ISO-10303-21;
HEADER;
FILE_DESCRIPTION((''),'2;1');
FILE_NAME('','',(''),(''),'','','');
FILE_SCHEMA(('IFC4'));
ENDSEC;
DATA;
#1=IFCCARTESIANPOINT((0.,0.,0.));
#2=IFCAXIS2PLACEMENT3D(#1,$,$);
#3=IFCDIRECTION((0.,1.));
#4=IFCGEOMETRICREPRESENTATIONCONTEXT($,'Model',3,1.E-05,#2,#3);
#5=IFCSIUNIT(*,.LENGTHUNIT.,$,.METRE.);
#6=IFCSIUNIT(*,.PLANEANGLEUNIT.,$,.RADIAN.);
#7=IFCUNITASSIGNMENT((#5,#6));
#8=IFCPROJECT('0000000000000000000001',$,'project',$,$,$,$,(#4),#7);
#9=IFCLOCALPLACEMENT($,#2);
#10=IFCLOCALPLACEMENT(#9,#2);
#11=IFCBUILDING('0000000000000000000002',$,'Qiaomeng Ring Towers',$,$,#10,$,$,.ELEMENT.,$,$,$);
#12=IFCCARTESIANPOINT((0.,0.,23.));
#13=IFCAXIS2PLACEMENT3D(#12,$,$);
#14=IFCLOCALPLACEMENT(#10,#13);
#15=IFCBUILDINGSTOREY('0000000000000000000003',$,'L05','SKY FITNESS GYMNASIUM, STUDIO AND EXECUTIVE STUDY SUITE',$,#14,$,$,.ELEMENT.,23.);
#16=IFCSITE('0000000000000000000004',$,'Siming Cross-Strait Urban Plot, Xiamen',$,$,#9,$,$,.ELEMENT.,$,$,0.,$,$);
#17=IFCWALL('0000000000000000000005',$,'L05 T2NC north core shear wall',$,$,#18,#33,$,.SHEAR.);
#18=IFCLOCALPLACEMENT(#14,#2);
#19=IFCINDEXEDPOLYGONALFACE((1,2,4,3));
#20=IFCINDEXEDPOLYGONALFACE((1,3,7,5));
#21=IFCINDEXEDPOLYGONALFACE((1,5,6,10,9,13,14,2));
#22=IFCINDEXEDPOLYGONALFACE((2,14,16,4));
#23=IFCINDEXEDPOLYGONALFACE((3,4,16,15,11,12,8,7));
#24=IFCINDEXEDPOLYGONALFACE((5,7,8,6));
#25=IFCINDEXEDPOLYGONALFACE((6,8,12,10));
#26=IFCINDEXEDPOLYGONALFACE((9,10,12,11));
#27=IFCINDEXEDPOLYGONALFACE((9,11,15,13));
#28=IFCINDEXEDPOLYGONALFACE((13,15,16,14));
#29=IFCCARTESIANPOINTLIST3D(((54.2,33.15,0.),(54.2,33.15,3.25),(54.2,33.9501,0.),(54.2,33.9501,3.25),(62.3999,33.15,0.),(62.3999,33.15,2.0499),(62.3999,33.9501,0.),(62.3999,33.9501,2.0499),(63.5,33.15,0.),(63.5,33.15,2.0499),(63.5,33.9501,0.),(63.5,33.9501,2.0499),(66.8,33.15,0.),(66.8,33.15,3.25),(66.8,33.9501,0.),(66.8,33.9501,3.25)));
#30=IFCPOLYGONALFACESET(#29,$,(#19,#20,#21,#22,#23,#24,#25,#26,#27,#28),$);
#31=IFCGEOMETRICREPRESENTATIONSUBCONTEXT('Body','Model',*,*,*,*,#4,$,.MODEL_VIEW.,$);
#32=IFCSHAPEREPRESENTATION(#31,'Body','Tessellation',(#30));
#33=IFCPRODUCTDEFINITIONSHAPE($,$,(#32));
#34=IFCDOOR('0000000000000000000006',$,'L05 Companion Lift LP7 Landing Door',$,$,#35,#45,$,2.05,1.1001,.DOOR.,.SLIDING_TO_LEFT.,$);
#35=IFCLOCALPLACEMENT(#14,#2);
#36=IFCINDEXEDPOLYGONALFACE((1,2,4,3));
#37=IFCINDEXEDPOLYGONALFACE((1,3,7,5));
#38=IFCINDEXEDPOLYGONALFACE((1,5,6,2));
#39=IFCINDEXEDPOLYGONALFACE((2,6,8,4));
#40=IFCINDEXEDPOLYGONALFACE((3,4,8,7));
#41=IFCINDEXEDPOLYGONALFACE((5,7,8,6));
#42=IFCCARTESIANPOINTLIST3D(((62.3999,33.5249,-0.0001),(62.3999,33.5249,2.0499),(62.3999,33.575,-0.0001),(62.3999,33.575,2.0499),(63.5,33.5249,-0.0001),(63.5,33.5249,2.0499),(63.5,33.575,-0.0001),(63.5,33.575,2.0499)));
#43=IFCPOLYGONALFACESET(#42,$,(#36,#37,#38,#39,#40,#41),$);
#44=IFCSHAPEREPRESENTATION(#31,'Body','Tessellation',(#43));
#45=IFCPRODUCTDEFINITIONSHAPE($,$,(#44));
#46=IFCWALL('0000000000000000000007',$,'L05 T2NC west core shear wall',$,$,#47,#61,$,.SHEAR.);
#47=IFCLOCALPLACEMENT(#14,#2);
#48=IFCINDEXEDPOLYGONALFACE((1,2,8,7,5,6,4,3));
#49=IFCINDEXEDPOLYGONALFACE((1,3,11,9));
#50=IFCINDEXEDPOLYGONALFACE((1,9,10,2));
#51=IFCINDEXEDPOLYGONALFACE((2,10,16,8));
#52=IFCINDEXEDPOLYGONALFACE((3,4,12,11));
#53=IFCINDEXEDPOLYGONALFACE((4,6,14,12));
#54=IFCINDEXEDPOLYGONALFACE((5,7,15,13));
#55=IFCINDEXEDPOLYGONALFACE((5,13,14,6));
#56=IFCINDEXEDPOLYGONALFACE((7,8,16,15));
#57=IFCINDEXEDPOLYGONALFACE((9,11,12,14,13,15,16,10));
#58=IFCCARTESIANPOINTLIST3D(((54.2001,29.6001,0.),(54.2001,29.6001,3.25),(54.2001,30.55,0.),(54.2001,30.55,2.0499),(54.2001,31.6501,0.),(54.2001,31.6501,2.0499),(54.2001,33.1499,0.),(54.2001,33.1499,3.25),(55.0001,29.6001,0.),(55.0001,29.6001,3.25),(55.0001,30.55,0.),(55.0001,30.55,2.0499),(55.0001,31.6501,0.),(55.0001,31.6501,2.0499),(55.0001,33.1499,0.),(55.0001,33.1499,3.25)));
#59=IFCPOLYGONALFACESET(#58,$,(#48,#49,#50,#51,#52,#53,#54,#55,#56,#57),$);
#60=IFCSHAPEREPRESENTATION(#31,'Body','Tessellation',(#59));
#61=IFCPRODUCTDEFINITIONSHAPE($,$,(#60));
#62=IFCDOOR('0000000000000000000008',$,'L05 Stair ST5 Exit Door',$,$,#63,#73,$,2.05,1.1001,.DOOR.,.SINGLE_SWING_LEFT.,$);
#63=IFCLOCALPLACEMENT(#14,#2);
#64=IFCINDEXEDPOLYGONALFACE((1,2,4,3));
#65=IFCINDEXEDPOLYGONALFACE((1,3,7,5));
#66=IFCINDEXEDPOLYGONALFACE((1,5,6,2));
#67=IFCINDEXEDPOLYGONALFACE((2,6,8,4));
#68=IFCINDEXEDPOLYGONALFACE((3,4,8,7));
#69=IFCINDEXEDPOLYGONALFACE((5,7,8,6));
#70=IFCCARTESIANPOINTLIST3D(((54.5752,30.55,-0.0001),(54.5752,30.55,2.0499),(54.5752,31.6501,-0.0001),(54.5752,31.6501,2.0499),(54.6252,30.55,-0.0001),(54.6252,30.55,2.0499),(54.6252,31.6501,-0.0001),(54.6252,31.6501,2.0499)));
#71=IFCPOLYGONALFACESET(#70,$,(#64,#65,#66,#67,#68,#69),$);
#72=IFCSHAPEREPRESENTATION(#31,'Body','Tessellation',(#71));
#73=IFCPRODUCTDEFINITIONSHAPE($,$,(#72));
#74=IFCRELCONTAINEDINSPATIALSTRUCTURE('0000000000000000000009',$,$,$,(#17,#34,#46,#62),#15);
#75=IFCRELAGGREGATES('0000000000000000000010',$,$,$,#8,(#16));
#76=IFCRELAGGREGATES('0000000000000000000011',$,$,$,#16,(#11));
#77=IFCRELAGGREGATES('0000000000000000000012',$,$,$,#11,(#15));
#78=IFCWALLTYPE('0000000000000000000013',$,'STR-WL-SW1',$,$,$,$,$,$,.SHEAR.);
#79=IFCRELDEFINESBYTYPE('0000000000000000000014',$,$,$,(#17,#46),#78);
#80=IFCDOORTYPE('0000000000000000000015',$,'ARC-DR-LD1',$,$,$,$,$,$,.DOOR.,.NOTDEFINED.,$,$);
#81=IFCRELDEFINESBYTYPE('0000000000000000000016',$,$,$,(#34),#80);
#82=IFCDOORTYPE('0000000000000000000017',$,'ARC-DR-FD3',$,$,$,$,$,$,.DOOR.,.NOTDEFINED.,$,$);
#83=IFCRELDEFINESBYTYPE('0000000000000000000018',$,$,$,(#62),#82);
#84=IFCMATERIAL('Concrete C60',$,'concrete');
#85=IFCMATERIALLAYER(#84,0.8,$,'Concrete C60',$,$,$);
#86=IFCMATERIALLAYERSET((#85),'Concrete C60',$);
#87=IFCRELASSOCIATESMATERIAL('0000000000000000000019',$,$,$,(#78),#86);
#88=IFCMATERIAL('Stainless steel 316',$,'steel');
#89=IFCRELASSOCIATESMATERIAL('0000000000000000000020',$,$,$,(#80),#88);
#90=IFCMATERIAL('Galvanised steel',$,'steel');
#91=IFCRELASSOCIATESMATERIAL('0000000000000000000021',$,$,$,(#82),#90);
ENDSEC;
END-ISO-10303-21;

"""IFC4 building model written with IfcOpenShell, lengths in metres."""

from ifc_helpers import new_model, si_unit, direction, frame, frame_2d, origin, place, context, subcontext, project, spatial, rectangle, extrude, source, transform, mapped, material, layer, layer_set, type_object, element, fill, save


model = new_model("IFC4")

# Units and contexts
model_context = context("Model", 3, precision=1e-05, world=origin(), true_north=direction((0.0, 1.0)))
body_context = subcontext(model_context, "Body", "Model", "MODEL_VIEW")
ifc_project = project(units=[si_unit("LENGTHUNIT", "METRE"), si_unit("PLANEANGLEUNIT", "RADIAN")], contexts=[model_context])

# Site, building, storey
site_placement = place(None, origin())
site = spatial("IfcSite", under=ifc_project, at=site_placement, Name="Siming Cross-Strait Urban Plot, Xiamen", CompositionType="ELEMENT", RefElevation=0.0)
building_placement = place(site_placement, origin())
building = spatial("IfcBuilding", under=site, at=building_placement, Name="Qiaomeng Ring Towers", CompositionType="ELEMENT")
storey_placement = place(building_placement, frame((0.0, 0.0, 23.0)))
storey = spatial("IfcBuildingStorey", under=building, at=storey_placement, Name="L05", Description="SKY FITNESS GYMNASIUM, STUDIO AND EXECUTIVE STUDY SUITE", CompositionType="ELEMENT", Elevation=23.0)

# Shared definitions
ifc_material_1 = material(Name="Concrete C60", Category="concrete")

# Shared definitions
ifc_layer_1 = layer(ifc_material_1, 0.8, Name="Concrete C60")
ifc_layer_set_1 = layer_set([ifc_layer_1], Name="Concrete C60")
wall_type_1 = type_object("IfcWallType", Name="STR-WL-SW1", PredefinedType="SHEAR", material=ifc_layer_set_1)

# Walls, openings, doors
wall_1_placement = place(storey_placement, frame((54.2, 33.55, 0.0), z_axis=(0.0, 0.0, 1.0), x_axis=(1.0, 0.0, 0.0)))
wall_1 = element("IfcWall", 1, at=wall_1_placement, inside=storey, type_object=wall_type_1, Name="L05 T2NC north core shear wall", PredefinedType="SHEAR", context=body_context, shape_type="SweptSolid", body=[
    extrude(rectangle(XDim=12.6001, YDim=0.8, at=frame_2d((6.3, 0.0))), origin(), (0.0, 0.0, 1.0), 3.25),
])
opening_1_placement = place(wall_1_placement, frame((8.2, 0.0, 0.0)))
opening_1 = element("IfcOpeningElement", 2, at=opening_1_placement, cuts=wall_1, PredefinedType="OPENING", context=body_context, shape_type="SweptSolid", body=[
    extrude(rectangle(XDim=1.1001, YDim=2.05, at=frame_2d((0.55, 1.0249))), frame((0.0, 0.4099, 0.0), z_axis=(0.0, -1.0, 0.0), x_axis=(1.0, 0.0, 0.0)), (0.0, 0.0, 1.0), 0.8201),
])
ifc_material_2 = material(Name="Stainless steel 316", Category="steel")
door_type_1 = type_object("IfcDoorType", Name="ARC-DR-LD1", OperationType="NOTDEFINED", PredefinedType="DOOR", material=ifc_material_2)
shared_shape_1 = source(origin(), body_context, "Body", "SweptSolid", [
    extrude(rectangle(XDim=1.1001, YDim=2.05, at=frame_2d((0.55, 1.0249))), frame((0.0, 0.0249, 0.0), z_axis=(0.0, -1.0, 0.0), x_axis=(1.0, 0.0, 0.0)), (0.0, 0.0, 1.0), 0.05),
])
door_1_placement = place(opening_1_placement, origin())
door_1 = element("IfcDoor", 3, at=door_1_placement, inside=storey, type_object=door_type_1, Name="L05 Companion Lift LP7 Landing Door", OperationType="SLIDING_TO_LEFT", OverallHeight=2.05, OverallWidth=1.1001, PredefinedType="DOOR", context=body_context, shape_type="MappedRepresentation", body=[
    mapped(shared_shape_1, transform((0.0, 0.0, 0.0), x_axis=(1.0, 0.0, 0.0), y_axis=(0.0, 1.0, 0.0), z_axis=(0.0, 0.0, 1.0), scale=1.0)),
])
fill(opening_1, door_1)
wall_2_placement = place(storey_placement, frame((54.6001, 29.6001, 0.0), z_axis=(0.0, 0.0, 1.0), x_axis=(0.0, 1.0, 0.0)))
wall_2 = element("IfcWall", 4, at=wall_2_placement, inside=storey, type_object=wall_type_1, Name="L05 T2NC west core shear wall", PredefinedType="SHEAR", context=body_context, shape_type="SweptSolid", body=[
    extrude(rectangle(XDim=3.5498, YDim=0.8, at=frame_2d((1.7749, 0.0))), origin(), (0.0, 0.0, 1.0), 3.25),
])
opening_2_placement = place(wall_2_placement, frame((0.95, 0.0, 0.0)))
opening_2 = element("IfcOpeningElement", 5, at=opening_2_placement, cuts=wall_2, PredefinedType="OPENING", context=body_context, shape_type="SweptSolid", body=[
    extrude(rectangle(XDim=1.1001, YDim=2.05, at=frame_2d((0.55, 1.0249))), frame((0.0, 0.4099, 0.0), z_axis=(0.0, -1.0, 0.0), x_axis=(1.0, 0.0, 0.0)), (0.0, 0.0, 1.0), 0.8201),
])
ifc_material_3 = material(Name="Galvanised steel", Category="steel")
door_type_2 = type_object("IfcDoorType", Name="ARC-DR-FD3", OperationType="NOTDEFINED", PredefinedType="DOOR", material=ifc_material_3)
door_2_placement = place(opening_2_placement, origin())
door_2 = element("IfcDoor", 6, at=door_2_placement, inside=storey, type_object=door_type_2, Name="L05 Stair ST5 Exit Door", OperationType="SINGLE_SWING_LEFT", OverallHeight=2.05, OverallWidth=1.1001, PredefinedType="DOOR", context=body_context, shape_type="MappedRepresentation", body=[
    mapped(shared_shape_1, transform((0.0, 0.0, 0.0), x_axis=(1.0, 0.0, 0.0), y_axis=(0.0, 1.0, 0.0), z_axis=(0.0, 0.0, 1.0), scale=1.0)),
])
fill(opening_2, door_2)

save(model, "model.ifc")
